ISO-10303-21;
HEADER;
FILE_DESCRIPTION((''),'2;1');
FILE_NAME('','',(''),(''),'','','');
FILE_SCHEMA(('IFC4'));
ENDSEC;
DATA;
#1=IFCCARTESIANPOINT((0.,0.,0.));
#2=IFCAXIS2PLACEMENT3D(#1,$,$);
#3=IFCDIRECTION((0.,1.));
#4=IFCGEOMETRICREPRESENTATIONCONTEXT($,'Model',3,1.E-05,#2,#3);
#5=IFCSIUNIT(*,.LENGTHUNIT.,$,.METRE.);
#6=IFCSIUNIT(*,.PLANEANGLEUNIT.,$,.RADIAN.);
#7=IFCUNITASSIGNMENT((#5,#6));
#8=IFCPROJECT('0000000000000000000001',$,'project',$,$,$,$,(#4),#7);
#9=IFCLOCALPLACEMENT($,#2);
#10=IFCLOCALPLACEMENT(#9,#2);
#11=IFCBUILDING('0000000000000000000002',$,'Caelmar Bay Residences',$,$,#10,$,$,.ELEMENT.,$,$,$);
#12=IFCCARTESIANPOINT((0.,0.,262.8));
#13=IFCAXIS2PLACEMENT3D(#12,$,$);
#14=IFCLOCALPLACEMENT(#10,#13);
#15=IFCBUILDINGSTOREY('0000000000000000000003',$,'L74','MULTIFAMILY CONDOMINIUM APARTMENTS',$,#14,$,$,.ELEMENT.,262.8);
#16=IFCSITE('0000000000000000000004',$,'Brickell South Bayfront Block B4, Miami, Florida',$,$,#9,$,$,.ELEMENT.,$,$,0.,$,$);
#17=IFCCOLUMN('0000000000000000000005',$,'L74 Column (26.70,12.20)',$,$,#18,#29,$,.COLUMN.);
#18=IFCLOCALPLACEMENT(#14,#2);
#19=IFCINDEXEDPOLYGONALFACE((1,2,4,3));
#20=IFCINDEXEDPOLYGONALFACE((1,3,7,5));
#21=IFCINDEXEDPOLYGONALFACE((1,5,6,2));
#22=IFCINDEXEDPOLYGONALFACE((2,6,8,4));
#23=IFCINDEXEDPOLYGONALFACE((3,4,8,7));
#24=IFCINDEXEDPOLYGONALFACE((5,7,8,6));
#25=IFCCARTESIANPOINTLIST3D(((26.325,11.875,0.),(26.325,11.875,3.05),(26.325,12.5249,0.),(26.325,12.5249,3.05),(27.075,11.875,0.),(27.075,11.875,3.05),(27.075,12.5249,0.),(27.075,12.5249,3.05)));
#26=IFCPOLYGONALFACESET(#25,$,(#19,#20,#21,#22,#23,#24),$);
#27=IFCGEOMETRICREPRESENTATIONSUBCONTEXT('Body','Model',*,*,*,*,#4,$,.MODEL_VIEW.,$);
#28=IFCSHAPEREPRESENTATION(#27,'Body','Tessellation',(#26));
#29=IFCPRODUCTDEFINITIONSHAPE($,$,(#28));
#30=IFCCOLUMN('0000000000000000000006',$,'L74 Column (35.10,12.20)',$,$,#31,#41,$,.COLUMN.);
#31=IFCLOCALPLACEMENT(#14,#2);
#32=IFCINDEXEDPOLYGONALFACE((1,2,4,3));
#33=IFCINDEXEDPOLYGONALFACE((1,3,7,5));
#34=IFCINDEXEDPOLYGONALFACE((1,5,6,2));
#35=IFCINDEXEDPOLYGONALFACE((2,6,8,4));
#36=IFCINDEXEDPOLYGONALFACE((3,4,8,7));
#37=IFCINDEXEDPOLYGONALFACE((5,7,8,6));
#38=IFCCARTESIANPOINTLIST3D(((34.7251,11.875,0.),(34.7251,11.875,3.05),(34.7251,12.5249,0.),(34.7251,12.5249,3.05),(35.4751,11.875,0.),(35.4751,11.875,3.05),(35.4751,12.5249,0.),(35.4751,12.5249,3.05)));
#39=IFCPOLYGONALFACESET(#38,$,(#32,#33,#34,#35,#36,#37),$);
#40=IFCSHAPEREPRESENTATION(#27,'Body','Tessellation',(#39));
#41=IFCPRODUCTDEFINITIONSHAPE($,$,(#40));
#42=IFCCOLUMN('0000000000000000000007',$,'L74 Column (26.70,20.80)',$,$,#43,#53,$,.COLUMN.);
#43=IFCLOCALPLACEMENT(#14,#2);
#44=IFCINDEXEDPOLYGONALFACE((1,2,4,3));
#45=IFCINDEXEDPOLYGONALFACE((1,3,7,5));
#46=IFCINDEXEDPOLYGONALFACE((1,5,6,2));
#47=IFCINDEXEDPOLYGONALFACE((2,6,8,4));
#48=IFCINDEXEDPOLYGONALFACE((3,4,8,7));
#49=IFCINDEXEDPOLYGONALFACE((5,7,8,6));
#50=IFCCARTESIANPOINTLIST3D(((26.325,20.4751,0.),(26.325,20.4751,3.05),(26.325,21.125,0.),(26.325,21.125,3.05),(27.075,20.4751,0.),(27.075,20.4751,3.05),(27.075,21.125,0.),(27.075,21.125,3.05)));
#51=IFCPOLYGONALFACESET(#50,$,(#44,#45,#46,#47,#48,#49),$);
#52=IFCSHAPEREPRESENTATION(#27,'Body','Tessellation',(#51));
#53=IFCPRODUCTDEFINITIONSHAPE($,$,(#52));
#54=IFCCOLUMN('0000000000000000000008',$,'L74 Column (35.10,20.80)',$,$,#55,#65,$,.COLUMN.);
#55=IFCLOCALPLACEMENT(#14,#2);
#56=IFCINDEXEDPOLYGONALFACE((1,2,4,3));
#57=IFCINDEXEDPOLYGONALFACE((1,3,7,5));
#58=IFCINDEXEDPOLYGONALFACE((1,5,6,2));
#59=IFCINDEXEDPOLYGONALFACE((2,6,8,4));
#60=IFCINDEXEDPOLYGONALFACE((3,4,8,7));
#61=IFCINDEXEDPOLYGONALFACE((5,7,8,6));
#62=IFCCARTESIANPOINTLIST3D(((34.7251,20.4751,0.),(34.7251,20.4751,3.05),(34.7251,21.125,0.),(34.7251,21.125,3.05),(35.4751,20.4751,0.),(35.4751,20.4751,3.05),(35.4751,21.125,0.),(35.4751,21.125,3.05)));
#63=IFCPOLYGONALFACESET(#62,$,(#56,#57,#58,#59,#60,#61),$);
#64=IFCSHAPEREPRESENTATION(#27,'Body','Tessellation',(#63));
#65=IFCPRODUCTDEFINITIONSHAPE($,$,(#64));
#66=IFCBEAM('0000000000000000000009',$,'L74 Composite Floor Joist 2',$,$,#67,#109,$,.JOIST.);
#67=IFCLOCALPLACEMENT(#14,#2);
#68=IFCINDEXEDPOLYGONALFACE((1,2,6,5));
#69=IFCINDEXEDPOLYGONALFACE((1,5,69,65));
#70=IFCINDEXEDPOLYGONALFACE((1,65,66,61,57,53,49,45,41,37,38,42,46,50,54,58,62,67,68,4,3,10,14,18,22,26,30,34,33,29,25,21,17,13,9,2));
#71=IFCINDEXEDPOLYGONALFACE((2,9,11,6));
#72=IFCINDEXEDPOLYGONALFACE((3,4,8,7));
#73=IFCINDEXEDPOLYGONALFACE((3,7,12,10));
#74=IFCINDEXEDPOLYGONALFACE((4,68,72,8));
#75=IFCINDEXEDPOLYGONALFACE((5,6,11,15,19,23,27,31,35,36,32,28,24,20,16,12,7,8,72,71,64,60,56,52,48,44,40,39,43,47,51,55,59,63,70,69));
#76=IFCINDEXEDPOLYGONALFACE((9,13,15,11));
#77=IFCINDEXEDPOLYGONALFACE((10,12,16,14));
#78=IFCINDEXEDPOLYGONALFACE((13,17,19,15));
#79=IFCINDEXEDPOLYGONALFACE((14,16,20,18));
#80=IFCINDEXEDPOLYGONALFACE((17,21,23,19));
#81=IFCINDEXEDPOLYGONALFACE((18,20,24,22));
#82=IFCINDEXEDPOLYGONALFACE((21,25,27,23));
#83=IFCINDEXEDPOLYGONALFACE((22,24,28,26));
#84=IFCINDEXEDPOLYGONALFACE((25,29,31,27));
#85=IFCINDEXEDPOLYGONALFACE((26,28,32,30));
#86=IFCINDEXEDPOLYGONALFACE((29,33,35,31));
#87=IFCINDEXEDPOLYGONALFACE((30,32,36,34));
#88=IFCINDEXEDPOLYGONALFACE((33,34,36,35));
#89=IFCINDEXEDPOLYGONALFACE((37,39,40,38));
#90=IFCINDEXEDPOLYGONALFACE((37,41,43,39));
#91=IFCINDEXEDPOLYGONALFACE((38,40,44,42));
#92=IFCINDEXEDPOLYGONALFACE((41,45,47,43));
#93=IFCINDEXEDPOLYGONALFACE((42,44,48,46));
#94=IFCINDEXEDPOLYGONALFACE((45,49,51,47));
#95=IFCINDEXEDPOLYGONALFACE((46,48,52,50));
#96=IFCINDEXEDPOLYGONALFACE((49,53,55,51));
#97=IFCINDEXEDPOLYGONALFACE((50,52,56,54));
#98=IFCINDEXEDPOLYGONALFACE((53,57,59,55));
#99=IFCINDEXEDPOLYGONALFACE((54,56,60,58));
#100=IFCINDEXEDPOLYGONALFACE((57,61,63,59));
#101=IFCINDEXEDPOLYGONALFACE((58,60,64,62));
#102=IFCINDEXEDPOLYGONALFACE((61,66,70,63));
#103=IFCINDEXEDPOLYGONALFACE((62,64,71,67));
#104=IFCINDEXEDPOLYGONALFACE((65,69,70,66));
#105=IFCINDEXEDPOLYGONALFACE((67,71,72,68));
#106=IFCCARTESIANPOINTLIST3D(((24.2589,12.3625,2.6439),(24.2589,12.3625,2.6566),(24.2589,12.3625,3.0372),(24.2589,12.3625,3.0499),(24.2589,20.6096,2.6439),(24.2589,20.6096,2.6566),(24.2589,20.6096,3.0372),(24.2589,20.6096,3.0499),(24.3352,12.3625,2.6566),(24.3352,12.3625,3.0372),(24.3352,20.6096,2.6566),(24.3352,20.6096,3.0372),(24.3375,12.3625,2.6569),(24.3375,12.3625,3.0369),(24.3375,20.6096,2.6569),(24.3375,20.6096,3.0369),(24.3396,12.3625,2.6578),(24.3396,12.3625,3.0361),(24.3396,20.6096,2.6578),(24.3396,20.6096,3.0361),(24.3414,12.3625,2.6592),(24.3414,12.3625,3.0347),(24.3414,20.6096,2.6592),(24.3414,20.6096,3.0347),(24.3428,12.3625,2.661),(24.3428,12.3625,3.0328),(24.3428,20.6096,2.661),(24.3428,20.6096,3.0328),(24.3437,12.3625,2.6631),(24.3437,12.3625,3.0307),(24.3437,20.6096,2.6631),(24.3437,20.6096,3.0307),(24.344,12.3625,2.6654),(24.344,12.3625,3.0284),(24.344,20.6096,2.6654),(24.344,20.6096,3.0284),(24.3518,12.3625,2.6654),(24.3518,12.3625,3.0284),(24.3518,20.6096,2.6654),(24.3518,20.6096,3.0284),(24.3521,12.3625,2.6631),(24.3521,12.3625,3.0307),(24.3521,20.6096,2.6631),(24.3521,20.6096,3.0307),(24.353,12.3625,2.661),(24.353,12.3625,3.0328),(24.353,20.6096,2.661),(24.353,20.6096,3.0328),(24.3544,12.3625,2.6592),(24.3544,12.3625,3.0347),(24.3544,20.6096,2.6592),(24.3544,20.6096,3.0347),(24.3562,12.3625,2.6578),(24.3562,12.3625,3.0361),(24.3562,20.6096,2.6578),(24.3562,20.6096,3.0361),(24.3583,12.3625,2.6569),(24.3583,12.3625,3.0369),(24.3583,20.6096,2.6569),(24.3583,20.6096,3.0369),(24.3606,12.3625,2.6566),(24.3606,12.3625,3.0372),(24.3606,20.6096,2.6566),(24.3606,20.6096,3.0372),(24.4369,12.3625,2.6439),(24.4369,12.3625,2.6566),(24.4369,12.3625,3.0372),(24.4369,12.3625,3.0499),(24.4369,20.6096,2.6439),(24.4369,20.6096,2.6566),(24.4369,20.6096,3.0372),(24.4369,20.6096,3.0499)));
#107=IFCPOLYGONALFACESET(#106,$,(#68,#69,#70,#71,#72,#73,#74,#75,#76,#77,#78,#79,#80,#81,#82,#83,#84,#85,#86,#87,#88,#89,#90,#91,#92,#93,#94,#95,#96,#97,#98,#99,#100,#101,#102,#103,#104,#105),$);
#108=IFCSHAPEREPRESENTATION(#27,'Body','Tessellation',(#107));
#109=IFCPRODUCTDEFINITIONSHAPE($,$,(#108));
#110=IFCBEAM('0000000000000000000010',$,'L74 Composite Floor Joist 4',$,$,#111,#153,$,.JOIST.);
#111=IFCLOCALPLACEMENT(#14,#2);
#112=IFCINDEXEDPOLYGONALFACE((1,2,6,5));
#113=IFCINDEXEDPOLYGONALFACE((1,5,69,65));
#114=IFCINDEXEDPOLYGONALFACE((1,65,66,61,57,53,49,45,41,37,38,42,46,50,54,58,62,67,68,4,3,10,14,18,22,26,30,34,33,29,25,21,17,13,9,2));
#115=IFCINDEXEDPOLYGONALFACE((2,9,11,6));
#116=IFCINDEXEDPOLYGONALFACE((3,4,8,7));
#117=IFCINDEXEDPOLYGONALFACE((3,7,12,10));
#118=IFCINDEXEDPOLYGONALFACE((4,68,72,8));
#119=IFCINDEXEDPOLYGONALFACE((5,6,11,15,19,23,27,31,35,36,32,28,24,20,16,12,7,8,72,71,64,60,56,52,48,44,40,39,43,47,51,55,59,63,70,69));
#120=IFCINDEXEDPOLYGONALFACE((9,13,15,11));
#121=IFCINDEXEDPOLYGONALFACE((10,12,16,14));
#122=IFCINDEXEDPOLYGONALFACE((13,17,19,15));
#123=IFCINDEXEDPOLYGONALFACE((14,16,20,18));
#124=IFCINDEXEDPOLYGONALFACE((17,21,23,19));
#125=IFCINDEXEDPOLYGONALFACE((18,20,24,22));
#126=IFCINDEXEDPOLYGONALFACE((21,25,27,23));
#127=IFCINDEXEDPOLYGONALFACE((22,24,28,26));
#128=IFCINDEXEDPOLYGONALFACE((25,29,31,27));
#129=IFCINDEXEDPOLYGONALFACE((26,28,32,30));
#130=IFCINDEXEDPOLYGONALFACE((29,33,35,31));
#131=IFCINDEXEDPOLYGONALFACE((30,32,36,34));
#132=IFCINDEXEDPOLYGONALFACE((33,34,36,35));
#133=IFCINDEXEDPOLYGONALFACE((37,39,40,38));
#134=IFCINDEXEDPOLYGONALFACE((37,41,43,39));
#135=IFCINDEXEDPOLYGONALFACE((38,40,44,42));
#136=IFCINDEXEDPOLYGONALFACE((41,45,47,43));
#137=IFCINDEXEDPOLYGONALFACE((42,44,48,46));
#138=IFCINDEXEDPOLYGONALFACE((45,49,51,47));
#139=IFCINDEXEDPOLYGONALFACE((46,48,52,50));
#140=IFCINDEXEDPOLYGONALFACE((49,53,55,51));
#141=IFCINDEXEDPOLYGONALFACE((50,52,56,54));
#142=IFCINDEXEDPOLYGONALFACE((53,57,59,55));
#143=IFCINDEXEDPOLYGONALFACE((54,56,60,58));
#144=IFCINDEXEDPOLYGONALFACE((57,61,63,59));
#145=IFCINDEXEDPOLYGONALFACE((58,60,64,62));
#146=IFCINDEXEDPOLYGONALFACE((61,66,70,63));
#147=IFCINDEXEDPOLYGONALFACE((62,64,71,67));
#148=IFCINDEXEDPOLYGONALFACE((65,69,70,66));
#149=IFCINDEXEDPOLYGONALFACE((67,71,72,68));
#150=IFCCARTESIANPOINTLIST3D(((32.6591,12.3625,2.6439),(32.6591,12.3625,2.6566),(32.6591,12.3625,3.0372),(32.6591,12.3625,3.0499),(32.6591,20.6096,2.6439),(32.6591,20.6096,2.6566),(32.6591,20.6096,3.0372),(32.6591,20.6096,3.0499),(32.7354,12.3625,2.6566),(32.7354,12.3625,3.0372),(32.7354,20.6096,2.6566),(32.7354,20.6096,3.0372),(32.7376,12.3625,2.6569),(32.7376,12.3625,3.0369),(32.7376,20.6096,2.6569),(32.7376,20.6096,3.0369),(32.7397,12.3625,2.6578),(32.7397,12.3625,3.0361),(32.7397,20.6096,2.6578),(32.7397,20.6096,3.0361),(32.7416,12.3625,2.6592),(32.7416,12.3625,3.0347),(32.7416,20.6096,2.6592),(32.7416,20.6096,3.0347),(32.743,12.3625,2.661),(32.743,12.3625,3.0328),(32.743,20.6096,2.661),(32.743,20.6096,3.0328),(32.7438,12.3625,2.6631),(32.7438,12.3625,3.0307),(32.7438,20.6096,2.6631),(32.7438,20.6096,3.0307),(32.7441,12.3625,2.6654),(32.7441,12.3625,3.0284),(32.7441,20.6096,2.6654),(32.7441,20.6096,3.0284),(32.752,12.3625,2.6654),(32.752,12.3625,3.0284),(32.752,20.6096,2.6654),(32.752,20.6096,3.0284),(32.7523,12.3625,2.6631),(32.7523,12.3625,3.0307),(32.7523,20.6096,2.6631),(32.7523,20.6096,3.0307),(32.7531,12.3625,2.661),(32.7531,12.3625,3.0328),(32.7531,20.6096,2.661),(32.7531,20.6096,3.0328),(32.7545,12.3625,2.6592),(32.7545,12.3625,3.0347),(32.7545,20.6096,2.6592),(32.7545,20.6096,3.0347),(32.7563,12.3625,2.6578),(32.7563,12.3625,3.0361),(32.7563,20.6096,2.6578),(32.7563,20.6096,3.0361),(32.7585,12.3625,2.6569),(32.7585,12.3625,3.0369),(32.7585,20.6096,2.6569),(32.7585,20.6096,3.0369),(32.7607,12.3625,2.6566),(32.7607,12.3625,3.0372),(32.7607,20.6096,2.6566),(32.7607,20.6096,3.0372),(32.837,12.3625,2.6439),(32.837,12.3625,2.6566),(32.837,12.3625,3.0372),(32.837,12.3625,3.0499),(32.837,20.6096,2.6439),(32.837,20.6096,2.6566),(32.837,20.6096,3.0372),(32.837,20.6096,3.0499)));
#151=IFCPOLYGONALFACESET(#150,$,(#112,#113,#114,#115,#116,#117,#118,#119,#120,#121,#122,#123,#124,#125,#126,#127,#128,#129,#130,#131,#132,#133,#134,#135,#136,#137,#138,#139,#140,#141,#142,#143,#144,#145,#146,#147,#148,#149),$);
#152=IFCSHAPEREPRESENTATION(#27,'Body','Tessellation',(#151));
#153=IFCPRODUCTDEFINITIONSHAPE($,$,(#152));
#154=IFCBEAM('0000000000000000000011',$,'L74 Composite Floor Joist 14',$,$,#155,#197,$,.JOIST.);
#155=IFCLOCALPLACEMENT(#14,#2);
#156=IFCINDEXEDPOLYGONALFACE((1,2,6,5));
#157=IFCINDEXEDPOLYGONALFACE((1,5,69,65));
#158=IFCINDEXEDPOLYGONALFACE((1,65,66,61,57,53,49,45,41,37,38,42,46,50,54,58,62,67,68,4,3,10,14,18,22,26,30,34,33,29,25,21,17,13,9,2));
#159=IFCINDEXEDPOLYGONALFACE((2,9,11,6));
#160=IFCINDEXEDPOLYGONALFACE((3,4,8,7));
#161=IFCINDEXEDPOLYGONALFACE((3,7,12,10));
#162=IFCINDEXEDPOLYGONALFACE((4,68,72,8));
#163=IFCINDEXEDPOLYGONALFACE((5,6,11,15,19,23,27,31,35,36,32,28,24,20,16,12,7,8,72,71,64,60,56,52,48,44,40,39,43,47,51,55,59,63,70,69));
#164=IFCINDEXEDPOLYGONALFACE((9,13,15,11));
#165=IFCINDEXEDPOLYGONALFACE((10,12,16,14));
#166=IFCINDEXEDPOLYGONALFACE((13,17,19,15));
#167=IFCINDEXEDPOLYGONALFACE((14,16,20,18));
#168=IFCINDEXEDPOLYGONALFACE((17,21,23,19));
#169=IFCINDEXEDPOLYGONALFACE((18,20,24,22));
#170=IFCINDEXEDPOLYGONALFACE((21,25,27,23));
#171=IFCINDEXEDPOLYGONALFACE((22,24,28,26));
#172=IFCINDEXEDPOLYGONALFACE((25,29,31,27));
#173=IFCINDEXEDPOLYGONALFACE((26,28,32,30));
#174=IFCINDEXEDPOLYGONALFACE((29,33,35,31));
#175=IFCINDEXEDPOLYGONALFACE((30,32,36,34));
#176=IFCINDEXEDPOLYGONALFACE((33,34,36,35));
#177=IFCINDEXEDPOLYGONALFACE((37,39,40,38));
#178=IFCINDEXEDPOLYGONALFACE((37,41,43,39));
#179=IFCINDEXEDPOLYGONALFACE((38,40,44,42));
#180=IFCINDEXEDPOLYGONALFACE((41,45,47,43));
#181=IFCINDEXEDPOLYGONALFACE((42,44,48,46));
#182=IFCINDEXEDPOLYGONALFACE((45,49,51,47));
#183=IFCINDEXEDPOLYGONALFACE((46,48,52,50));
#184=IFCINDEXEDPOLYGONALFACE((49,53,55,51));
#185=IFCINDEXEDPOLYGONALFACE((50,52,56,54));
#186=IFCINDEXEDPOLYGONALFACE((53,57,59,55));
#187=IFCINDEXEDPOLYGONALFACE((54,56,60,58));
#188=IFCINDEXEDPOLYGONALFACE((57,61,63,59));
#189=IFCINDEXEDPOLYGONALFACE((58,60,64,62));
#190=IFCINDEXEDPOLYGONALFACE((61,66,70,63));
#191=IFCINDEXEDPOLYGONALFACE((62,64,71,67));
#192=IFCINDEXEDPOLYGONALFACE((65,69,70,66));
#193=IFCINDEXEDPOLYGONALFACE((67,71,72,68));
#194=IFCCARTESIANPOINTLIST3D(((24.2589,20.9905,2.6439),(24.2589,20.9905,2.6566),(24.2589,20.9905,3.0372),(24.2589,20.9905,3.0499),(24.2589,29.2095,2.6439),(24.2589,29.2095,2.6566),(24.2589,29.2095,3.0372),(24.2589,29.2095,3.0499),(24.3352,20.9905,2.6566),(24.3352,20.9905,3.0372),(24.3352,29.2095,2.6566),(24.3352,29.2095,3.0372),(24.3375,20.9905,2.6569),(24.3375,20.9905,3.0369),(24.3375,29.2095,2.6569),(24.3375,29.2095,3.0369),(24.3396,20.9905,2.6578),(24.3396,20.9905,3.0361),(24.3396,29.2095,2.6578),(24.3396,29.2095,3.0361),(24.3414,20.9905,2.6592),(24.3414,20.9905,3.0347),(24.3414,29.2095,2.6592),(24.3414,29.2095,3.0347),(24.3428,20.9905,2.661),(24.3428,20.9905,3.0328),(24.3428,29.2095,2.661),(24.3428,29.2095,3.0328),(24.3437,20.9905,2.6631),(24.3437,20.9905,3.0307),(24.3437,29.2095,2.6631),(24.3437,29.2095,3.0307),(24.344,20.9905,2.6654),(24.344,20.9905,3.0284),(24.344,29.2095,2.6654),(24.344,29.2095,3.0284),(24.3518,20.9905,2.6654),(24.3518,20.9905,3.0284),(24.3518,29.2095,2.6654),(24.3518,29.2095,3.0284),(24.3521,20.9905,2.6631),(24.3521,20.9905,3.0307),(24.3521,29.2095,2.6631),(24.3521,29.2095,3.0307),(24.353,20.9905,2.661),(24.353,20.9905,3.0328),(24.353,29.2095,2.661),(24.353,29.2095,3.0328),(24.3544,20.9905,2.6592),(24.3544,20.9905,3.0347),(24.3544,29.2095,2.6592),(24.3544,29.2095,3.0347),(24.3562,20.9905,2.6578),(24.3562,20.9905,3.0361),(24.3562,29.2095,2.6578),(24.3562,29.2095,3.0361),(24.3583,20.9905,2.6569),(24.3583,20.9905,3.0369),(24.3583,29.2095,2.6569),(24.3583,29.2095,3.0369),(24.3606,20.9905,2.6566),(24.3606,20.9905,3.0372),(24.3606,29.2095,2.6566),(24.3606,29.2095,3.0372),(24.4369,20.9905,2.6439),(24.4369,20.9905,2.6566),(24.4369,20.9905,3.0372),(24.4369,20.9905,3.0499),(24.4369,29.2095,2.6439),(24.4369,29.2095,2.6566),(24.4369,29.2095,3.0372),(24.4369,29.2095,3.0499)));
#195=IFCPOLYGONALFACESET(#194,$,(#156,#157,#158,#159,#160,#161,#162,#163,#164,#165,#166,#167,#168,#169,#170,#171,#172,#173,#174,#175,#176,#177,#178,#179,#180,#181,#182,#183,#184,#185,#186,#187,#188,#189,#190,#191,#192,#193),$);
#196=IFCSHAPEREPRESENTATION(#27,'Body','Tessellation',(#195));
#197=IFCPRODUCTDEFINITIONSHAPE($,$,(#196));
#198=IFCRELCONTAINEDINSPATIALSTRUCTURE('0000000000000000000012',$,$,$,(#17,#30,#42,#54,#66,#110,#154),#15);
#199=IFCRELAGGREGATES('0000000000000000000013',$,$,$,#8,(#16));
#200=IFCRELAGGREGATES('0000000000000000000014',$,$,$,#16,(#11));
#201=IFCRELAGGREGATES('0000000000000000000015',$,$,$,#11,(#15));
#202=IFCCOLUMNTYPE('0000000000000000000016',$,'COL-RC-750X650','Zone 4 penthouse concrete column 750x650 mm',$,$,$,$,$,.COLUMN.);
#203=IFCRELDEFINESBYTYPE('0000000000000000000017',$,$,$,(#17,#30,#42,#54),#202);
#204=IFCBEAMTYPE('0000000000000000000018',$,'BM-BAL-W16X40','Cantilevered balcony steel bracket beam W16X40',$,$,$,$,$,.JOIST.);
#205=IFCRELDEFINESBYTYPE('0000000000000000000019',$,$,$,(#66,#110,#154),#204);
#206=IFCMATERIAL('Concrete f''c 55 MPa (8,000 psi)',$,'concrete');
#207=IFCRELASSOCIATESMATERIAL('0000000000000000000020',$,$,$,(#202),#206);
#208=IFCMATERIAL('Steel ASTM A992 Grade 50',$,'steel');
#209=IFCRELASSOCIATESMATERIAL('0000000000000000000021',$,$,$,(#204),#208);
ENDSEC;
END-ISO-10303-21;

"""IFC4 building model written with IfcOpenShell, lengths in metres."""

from ifc_helpers import new_model, si_unit, direction, frame, origin, origin_2d, place, context, subcontext, project, spatial, rectangle, i_section, extrude, material, material_profile, profile_set, type_object, element, save


model = new_model("IFC4")

# Units and contexts
model_context = context("Model", 3, precision=1e-05, world=origin(), true_north=direction((0.0, 1.0)))
body_context = subcontext(model_context, "Body", "Model", "MODEL_VIEW")
ifc_project = project(units=[si_unit("LENGTHUNIT", "METRE"), si_unit("PLANEANGLEUNIT", "RADIAN")], contexts=[model_context])

# Site, building, storey
site_placement = place(None, origin())
site = spatial("IfcSite", under=ifc_project, at=site_placement, Name="Brickell South Bayfront Block B4, Miami, Florida", CompositionType="ELEMENT", RefElevation=0.0)
building_placement = place(site_placement, origin())
building = spatial("IfcBuilding", under=site, at=building_placement, Name="Caelmar Bay Residences", CompositionType="ELEMENT")
storey_placement = place(building_placement, frame((0.0, 0.0, 262.8)))
storey = spatial("IfcBuildingStorey", under=building, at=storey_placement, Name="L74", Description="MULTIFAMILY CONDOMINIUM APARTMENTS", CompositionType="ELEMENT", Elevation=262.8)

# Columns
ifc_material_1 = material(Name="Concrete f'c 55 MPa (8,000 psi)", Category="concrete")
ifc_material_profile_1 = material_profile(ifc_material_1, rectangle(XDim=0.75, YDim=0.6499, at=origin_2d()), Name="RC-COL-750X650")
ifc_profile_set_1 = profile_set([ifc_material_profile_1], Name="Concrete f'c 55 MPa (8,000 psi)")
column_type = type_object("IfcColumnType", Name="COL-RC-750X650", Description="Zone 4 penthouse concrete column 750x650 mm", PredefinedType="COLUMN", material=ifc_profile_set_1)
for number, where, z_axis, x_axis, name in (
    (1, (26.7, 12.2, 0.0), (0.0, 0.0, 1.0), (1.0, 0.0, 0.0), "L74 Column (26.70,12.20)"),
    (2, (35.1001, 12.2, 0.0), (0.0, 0.0, 1.0), (1.0, 0.0, 0.0), "L74 Column (35.10,12.20)"),
    (3, (26.7, 20.8, 0.0), (0.0, 0.0, 1.0), (1.0, 0.0, 0.0), "L74 Column (26.70,20.80)"),
    (4, (35.1001, 20.8, 0.0), (0.0, 0.0, 1.0), (1.0, 0.0, 0.0), "L74 Column (35.10,20.80)"),
):
    element("IfcColumn", number, at=place(storey_placement, frame(where, z_axis=z_axis, x_axis=x_axis)), inside=storey, type_object=column_type, Name=name, PredefinedType="COLUMN", context=body_context, shape_type="SweptSolid", body=[
        extrude(rectangle(XDim=0.75, YDim=0.6499, at=origin_2d()), origin(), (0.0, 0.0, 1.0), 3.05),
    ])

# Beams
ifc_material_2 = material(Name="Steel ASTM A992 Grade 50", Category="steel")
ifc_material_profile_2 = material_profile(ifc_material_2, i_section(OverallWidth=0.178, OverallDepth=0.406, WebThickness=0.0078, FlangeThickness=0.0127, FilletRadius=0.0088, at=origin_2d()), Name="W16X40")
ifc_profile_set_2 = profile_set([ifc_material_profile_2], Name="Steel ASTM A992 Grade 50")
beam_type_1 = type_object("IfcBeamType", Name="BM-BAL-W16X40", Description="Cantilevered balcony steel bracket beam W16X40", PredefinedType="JOIST", material=ifc_profile_set_2)
for number, where, z_axis, x_axis, name in (
    (5, (24.3479, 12.3625, 2.8469), (0.0, 1.0, 0.0), (-1.0, 0.0, 0.0), "L74 Composite Floor Joist 2"),
    (6, (32.748, 12.3625, 2.8469), (0.0, 1.0, 0.0), (-1.0, 0.0, 0.0), "L74 Composite Floor Joist 4"),
):
    element("IfcBeam", number, at=place(storey_placement, frame(where, z_axis=z_axis, x_axis=x_axis)), inside=storey, type_object=beam_type_1, Name=name, PredefinedType="JOIST", context=body_context, shape_type="SweptSolid", body=[
        extrude(i_section(OverallWidth=0.178, OverallDepth=0.406, WebThickness=0.0078, FlangeThickness=0.0127, FilletRadius=0.0088, at=origin_2d()), origin(), (0.0, 0.0, 1.0), 8.2471),
    ])
for number, where, z_axis, x_axis, name in (
    (7, (24.3479, 20.9905, 2.8469), (0.0, 1.0, 0.0), (-1.0, 0.0, 0.0), "L74 Composite Floor Joist 14"),
):
    element("IfcBeam", number, at=place(storey_placement, frame(where, z_axis=z_axis, x_axis=x_axis)), inside=storey, type_object=beam_type_1, Name=name, PredefinedType="JOIST", context=body_context, shape_type="SweptSolid", body=[
        extrude(i_section(OverallWidth=0.178, OverallDepth=0.406, WebThickness=0.0078, FlangeThickness=0.0127, FilletRadius=0.0088, at=origin_2d()), origin(), (0.0, 0.0, 1.0), 8.219),
    ])

save(model, "model.ifc")
